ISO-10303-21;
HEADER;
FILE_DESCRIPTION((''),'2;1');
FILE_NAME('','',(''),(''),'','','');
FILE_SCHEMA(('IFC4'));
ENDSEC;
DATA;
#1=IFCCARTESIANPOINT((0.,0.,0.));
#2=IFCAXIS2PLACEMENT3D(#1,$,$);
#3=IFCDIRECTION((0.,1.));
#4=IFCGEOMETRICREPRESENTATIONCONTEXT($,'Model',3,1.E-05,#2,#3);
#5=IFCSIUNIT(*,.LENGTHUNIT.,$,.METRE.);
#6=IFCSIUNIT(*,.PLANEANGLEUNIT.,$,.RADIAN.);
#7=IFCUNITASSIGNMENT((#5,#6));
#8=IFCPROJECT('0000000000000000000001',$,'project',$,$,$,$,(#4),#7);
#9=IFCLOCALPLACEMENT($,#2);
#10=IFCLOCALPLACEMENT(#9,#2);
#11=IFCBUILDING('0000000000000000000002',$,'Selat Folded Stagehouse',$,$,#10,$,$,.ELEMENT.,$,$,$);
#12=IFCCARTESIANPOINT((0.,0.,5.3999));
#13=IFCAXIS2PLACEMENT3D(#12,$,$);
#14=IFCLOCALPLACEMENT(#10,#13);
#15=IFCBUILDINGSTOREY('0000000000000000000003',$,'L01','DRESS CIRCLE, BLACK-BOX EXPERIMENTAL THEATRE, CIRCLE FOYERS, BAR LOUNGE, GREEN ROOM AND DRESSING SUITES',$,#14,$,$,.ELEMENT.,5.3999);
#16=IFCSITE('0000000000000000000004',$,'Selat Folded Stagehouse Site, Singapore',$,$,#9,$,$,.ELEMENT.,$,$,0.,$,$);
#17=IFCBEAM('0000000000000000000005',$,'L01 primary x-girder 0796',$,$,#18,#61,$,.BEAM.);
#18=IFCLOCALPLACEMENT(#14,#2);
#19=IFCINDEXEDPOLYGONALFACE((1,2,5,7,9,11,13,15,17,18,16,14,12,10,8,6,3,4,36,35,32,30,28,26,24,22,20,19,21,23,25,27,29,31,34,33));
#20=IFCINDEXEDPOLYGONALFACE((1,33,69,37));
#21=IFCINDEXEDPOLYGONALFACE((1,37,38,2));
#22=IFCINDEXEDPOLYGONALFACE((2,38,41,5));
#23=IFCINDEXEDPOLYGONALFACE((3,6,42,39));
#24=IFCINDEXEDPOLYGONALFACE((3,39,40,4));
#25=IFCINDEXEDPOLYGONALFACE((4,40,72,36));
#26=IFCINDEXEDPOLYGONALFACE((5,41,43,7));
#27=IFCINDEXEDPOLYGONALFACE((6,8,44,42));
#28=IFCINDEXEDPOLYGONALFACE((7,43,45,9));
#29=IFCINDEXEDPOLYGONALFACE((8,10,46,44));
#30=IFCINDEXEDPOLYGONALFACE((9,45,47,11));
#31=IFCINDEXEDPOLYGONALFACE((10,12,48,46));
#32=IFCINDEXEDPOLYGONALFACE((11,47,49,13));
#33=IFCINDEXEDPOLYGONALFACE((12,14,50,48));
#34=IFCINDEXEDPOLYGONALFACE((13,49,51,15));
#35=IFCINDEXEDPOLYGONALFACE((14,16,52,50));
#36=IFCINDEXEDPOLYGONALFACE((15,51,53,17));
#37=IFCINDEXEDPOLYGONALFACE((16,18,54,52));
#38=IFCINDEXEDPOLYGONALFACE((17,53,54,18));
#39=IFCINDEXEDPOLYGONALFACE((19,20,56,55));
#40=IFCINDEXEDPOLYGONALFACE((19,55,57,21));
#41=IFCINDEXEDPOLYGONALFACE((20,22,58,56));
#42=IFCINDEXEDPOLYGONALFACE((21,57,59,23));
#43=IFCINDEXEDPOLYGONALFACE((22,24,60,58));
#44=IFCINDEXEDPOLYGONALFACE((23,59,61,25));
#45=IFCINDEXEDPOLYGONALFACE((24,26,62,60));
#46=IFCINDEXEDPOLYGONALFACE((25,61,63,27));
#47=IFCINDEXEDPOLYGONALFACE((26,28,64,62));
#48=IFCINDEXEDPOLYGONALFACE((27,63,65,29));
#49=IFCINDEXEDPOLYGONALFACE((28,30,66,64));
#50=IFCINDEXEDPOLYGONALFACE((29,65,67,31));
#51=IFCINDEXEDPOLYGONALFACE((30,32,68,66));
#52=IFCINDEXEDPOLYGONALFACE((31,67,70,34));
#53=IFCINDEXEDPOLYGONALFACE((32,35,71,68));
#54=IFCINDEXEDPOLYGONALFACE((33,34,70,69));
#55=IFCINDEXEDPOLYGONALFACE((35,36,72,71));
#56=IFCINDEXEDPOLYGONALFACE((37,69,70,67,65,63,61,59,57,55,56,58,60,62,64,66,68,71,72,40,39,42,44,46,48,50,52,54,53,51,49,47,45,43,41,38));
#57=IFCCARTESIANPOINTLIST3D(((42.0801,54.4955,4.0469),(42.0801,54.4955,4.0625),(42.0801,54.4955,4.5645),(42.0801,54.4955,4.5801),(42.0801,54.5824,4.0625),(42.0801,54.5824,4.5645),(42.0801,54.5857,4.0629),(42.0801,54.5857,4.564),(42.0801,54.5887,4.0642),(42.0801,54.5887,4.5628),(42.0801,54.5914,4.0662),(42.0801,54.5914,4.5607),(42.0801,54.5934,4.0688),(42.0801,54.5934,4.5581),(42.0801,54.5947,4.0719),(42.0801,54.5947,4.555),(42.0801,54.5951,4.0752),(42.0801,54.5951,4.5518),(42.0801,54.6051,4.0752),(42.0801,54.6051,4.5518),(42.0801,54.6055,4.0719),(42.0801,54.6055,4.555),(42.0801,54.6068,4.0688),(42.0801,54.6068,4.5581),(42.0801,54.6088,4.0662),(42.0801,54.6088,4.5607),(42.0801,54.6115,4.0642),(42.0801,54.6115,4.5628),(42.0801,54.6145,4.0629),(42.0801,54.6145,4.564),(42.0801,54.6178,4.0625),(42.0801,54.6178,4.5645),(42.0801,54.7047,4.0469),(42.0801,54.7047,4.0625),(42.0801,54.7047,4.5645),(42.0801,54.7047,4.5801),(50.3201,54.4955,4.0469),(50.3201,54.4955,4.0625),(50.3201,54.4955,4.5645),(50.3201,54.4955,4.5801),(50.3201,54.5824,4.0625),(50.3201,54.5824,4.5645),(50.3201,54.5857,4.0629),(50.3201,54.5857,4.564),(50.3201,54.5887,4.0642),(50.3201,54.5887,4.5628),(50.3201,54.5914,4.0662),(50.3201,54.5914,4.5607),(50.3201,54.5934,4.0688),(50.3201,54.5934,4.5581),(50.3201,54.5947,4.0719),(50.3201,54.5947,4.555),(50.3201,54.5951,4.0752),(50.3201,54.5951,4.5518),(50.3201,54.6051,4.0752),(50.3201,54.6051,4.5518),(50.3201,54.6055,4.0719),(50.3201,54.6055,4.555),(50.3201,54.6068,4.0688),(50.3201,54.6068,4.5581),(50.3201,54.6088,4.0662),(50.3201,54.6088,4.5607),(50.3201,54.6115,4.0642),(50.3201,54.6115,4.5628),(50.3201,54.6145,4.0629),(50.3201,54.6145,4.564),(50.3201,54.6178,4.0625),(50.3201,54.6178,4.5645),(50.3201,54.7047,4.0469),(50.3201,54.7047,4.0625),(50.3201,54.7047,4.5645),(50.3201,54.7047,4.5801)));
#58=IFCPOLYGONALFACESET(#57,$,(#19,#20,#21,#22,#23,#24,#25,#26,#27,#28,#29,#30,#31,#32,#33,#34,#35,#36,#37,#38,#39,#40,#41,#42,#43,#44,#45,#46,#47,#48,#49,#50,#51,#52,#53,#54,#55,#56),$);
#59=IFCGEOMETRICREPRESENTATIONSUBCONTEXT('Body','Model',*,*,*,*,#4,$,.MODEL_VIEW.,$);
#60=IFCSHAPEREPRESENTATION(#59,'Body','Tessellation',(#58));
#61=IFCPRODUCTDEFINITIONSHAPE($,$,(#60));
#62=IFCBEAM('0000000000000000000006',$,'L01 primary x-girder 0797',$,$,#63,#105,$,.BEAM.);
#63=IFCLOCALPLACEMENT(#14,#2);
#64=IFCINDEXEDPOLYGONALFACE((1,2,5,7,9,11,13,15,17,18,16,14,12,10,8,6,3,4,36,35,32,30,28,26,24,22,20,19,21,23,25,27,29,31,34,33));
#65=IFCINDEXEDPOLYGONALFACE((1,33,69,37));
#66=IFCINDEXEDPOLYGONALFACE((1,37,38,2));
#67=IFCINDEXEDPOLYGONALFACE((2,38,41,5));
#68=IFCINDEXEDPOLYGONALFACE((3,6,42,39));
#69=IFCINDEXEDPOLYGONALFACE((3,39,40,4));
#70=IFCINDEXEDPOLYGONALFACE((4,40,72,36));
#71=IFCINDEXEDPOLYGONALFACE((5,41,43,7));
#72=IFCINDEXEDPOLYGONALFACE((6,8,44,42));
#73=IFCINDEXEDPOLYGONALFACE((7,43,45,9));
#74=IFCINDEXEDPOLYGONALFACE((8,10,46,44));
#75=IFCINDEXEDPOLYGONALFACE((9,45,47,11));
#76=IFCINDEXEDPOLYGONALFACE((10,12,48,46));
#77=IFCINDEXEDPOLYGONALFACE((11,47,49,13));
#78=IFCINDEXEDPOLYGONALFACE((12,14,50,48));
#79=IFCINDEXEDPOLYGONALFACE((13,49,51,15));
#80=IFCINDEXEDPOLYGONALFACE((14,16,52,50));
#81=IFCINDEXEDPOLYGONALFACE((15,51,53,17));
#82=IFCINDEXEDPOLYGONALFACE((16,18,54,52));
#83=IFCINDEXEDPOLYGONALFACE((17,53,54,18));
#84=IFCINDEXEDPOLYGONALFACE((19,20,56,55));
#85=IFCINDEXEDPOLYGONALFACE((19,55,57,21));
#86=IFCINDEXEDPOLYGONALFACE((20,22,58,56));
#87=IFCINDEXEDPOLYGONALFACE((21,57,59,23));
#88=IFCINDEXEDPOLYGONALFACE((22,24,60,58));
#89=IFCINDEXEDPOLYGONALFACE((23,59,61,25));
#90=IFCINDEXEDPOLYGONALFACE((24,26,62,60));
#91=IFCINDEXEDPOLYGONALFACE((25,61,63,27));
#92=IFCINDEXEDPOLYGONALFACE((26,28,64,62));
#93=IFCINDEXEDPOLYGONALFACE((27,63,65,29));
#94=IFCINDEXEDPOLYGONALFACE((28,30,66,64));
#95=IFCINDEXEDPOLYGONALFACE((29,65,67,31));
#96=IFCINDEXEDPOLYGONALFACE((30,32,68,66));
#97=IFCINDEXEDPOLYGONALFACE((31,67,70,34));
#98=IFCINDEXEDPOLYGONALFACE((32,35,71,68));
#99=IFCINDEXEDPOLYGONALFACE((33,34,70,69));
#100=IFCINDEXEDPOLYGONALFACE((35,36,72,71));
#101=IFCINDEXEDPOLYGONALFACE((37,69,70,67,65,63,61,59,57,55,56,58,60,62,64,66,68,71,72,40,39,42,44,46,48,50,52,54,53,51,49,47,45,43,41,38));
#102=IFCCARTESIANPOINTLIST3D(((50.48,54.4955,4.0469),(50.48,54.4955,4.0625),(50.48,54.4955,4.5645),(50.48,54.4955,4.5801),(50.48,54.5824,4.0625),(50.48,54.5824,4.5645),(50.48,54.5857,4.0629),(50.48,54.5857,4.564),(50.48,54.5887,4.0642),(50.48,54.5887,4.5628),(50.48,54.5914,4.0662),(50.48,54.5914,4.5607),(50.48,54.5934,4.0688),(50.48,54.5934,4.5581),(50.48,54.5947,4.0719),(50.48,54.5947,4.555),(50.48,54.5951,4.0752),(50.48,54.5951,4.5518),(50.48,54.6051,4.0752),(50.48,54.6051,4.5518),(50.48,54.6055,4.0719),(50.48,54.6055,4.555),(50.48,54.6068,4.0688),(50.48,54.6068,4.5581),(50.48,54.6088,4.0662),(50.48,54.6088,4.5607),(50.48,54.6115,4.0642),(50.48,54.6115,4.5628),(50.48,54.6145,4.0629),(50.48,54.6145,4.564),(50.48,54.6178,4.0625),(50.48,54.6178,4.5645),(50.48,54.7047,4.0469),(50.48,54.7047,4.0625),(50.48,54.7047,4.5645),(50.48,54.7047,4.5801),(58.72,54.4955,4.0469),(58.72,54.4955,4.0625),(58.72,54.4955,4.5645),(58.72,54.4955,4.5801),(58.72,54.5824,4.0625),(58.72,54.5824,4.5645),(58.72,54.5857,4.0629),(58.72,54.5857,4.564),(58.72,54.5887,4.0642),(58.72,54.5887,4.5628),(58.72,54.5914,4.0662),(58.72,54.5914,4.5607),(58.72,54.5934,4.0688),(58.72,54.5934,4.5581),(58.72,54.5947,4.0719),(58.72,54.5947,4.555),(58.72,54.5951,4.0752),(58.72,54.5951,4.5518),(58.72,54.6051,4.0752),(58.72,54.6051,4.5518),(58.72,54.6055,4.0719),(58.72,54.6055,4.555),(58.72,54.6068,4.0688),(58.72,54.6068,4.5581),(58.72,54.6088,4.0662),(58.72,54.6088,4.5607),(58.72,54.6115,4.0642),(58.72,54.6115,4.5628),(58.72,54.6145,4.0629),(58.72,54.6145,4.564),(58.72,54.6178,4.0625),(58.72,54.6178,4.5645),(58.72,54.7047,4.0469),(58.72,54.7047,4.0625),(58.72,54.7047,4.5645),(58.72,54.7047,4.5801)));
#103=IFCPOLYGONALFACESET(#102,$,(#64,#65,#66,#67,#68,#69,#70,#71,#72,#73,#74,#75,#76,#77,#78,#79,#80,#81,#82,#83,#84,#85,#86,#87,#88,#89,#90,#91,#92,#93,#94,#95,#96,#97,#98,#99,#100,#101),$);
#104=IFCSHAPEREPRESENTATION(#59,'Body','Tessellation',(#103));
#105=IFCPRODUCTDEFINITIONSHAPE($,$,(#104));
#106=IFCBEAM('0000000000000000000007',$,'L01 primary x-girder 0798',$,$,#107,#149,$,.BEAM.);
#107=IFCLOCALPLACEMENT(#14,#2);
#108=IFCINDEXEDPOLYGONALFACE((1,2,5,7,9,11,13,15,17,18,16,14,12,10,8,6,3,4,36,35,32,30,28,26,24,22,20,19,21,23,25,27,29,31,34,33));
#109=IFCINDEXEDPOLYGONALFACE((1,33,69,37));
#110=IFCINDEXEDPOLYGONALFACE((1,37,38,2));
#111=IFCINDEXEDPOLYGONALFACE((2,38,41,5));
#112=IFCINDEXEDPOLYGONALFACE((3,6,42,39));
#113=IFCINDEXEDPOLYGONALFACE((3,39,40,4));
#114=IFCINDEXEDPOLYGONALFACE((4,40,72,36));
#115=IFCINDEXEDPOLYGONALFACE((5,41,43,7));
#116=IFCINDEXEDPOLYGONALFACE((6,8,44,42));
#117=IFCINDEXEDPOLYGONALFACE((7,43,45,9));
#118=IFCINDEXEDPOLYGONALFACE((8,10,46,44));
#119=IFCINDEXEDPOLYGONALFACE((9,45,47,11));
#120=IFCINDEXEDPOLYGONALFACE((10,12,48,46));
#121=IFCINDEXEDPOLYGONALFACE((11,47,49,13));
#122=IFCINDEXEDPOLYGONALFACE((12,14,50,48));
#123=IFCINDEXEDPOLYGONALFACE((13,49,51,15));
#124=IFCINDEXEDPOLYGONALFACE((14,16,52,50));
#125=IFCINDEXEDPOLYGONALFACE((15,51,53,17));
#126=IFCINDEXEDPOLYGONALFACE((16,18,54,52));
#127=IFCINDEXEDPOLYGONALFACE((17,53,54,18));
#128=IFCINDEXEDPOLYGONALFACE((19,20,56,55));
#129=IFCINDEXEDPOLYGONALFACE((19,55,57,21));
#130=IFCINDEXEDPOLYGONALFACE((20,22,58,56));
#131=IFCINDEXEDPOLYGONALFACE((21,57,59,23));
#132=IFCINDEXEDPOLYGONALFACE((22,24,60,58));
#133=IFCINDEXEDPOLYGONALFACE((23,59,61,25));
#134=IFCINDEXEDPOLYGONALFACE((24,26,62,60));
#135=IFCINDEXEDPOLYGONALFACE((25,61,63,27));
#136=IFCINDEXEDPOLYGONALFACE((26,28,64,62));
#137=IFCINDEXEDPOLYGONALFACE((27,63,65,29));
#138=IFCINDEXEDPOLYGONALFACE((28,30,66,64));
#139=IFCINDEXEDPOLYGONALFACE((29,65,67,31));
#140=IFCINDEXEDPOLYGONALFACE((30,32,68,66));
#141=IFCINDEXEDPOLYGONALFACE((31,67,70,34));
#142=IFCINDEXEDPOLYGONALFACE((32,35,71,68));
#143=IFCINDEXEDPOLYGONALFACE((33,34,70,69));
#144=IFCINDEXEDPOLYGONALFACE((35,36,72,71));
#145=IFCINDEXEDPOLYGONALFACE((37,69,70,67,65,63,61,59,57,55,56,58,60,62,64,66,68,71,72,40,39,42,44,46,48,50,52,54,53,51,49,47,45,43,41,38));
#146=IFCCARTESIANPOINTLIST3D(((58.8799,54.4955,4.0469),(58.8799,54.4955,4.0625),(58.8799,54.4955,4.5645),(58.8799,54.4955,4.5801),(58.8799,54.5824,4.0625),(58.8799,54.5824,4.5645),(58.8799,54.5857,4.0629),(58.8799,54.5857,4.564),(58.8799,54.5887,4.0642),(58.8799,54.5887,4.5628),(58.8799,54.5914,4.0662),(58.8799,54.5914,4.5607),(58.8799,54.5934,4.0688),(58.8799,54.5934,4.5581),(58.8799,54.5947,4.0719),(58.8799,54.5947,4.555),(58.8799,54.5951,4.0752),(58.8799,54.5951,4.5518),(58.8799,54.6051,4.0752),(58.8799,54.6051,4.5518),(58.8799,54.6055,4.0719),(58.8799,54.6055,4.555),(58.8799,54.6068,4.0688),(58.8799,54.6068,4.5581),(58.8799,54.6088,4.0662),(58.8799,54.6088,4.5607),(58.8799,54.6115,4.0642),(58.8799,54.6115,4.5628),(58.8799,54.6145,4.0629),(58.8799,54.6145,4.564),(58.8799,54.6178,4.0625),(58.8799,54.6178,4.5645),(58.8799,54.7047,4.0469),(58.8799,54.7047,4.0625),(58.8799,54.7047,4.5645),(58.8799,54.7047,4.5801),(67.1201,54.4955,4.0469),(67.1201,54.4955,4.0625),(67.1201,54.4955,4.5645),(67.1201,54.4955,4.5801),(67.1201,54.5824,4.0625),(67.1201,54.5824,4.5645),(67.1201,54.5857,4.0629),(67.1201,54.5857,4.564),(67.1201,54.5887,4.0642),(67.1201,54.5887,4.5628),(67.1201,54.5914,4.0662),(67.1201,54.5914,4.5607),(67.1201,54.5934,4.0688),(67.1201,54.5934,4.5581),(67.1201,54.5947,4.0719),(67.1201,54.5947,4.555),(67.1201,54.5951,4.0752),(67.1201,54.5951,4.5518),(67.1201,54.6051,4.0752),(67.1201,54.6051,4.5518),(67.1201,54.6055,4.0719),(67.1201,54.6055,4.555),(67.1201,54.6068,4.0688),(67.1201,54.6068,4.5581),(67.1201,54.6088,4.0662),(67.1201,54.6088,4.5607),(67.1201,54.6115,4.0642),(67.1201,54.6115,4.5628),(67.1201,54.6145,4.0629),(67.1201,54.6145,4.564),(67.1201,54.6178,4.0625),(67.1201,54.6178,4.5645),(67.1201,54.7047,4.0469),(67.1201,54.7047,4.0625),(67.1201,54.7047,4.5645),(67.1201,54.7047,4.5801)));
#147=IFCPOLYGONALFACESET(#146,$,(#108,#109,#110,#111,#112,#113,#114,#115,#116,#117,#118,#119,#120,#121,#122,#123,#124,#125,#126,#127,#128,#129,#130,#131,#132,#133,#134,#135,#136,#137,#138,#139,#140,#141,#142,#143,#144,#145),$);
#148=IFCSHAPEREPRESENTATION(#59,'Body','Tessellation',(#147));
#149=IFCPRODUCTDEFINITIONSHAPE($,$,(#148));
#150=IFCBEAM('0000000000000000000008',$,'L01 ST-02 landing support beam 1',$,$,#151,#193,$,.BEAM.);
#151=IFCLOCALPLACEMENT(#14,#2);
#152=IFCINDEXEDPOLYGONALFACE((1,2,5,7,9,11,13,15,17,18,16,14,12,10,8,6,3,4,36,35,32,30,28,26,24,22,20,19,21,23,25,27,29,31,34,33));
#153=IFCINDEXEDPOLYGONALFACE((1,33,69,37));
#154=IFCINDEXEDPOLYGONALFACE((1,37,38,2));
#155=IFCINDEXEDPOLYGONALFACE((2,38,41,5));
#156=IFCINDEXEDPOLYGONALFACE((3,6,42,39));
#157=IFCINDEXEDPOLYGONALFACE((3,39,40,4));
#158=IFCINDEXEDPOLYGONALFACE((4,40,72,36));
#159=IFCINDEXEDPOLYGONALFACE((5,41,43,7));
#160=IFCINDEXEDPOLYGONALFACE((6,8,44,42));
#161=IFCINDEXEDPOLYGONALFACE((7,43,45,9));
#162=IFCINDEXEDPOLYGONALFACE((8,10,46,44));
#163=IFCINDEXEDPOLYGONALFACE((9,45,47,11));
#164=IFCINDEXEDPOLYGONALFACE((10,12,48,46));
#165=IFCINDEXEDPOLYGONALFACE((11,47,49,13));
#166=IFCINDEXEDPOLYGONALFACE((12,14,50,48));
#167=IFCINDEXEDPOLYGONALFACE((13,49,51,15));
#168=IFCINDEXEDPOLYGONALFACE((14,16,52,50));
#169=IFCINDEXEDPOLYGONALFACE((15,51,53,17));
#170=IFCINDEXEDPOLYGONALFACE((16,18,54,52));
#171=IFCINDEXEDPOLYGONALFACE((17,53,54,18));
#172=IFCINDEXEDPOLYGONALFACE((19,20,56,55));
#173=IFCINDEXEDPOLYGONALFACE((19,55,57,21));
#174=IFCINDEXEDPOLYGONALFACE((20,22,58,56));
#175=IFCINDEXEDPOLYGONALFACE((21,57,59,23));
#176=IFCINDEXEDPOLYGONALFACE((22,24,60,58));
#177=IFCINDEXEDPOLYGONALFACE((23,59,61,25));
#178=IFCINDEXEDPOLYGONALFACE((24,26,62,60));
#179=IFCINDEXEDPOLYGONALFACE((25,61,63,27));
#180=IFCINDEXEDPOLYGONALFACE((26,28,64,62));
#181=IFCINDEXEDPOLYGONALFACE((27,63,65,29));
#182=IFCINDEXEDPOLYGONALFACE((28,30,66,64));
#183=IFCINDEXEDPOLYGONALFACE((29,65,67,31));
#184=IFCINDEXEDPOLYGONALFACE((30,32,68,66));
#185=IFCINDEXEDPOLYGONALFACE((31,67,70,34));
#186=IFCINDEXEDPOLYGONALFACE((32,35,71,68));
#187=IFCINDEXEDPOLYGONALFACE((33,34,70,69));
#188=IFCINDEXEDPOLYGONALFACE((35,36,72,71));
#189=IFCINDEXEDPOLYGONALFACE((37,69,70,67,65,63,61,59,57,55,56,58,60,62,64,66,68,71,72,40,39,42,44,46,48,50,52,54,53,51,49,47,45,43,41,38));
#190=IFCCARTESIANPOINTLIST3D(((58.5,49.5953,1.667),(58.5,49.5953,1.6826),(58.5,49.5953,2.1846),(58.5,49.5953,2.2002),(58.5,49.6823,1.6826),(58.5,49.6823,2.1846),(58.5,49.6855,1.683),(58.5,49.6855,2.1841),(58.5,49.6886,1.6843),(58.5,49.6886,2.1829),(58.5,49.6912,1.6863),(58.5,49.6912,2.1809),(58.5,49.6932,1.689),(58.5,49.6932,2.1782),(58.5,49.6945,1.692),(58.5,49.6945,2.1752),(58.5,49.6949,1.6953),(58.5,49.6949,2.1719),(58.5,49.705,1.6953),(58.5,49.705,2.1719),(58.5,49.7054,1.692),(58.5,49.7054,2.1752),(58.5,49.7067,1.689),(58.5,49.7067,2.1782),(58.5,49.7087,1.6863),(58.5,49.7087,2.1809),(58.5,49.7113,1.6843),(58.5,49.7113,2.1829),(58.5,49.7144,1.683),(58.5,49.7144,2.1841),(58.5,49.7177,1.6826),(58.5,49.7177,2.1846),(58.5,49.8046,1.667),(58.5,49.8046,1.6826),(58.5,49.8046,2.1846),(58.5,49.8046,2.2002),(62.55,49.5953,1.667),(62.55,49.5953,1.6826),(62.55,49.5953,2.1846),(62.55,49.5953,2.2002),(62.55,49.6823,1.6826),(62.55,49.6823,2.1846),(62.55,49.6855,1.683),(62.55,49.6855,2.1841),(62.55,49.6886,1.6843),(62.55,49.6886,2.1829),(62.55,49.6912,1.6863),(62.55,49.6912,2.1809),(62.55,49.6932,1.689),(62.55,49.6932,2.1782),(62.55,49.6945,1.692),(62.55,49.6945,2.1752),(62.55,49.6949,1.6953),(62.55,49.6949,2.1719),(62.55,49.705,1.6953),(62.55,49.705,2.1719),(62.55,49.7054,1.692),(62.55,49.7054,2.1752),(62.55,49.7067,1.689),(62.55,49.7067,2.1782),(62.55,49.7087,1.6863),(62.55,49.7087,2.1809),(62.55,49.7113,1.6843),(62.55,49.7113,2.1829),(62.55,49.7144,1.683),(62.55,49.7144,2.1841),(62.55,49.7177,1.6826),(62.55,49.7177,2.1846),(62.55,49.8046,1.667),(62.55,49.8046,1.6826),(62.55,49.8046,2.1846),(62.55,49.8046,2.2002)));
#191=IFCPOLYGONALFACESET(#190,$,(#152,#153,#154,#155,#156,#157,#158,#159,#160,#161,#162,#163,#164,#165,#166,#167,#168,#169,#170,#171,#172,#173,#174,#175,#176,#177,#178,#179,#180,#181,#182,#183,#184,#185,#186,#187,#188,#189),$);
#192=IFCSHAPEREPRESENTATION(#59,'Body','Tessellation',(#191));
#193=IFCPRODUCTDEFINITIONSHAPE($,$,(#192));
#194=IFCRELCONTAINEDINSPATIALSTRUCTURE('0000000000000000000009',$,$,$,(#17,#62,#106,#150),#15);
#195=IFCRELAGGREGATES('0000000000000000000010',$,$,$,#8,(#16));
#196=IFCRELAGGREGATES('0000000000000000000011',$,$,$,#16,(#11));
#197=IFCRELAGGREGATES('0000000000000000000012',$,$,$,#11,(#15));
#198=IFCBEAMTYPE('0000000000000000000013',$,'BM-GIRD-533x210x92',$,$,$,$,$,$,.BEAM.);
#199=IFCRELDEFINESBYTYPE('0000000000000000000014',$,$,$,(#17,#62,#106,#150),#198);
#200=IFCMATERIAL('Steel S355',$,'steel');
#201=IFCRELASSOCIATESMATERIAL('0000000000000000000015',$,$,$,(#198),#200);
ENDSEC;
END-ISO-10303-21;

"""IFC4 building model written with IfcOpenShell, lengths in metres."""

from ifc_helpers import new_model, si_unit, direction, frame, origin, origin_2d, place, context, subcontext, project, spatial, i_section, extrude, material, material_profile, profile_set, type_object, element, save


model = new_model("IFC4")

# Units and contexts
model_context = context("Model", 3, precision=1e-05, world=origin(), true_north=direction((0.0, 1.0)))
body_context = subcontext(model_context, "Body", "Model", "MODEL_VIEW")
ifc_project = project(units=[si_unit("LENGTHUNIT", "METRE"), si_unit("PLANEANGLEUNIT", "RADIAN")], contexts=[model_context])

# Site, building, storey
site_placement = place(None, origin())
site = spatial("IfcSite", under=ifc_project, at=site_placement, Name="Selat Folded Stagehouse Site, Singapore", CompositionType="ELEMENT", RefElevation=0.0)
building_placement = place(site_placement, origin())
building = spatial("IfcBuilding", under=site, at=building_placement, Name="Selat Folded Stagehouse", CompositionType="ELEMENT")
storey_placement = place(building_placement, frame((0.0, 0.0, 5.3999)))
storey = spatial("IfcBuildingStorey", under=building, at=storey_placement, Name="L01", Description="DRESS CIRCLE, BLACK-BOX EXPERIMENTAL THEATRE, CIRCLE FOYERS, BAR LOUNGE, GREEN ROOM AND DRESSING SUITES", CompositionType="ELEMENT", Elevation=5.3999)

# Shared definitions
ifc_material_1 = material(Name="Steel S355", Category="steel")

# Beams
ifc_material_profile_1 = material_profile(ifc_material_1, i_section(OverallWidth=0.2092, OverallDepth=0.5332, WebThickness=0.01, FlangeThickness=0.0156, FilletRadius=0.0127, at=origin_2d()), Name="UKB 533x210x92")
ifc_profile_set_1 = profile_set([ifc_material_profile_1], Name="Steel S355")
beam_type_1 = type_object("IfcBeamType", Name="BM-GIRD-533x210x92", PredefinedType="BEAM", material=ifc_profile_set_1)
for number, where, z_axis, x_axis, name in (
    (1, (42.0801, 54.6001, 4.3135), (1.0, 0.0, 0.0), (0.0, 1.0, 0.0), "L01 primary x-girder 0796"),
    (2, (50.48, 54.6001, 4.3135), (1.0, 0.0, 0.0), (0.0, 1.0, 0.0), "L01 primary x-girder 0797"),
):
    element("IfcBeam", number, at=place(storey_placement, frame(where, z_axis=z_axis, x_axis=x_axis)), inside=storey, type_object=beam_type_1, Name=name, PredefinedType="BEAM", context=body_context, shape_type="SweptSolid", body=[
        extrude(i_section(OverallWidth=0.2092, OverallDepth=0.5332, WebThickness=0.01, FlangeThickness=0.0156, FilletRadius=0.0127, at=origin_2d()), origin(), (0.0, 0.0, 1.0), 8.24),
    ])
beam_placement = place(storey_placement, frame((58.8799, 54.6001, 4.3135), z_axis=(1.0, 0.0, 0.0), x_axis=(0.0, 1.0, 0.0)))
element("IfcBeam", 3, at=beam_placement, inside=storey, type_object=beam_type_1, Name="L01 primary x-girder 0798", PredefinedType="BEAM", context=body_context, shape_type="SweptSolid", body=[
    extrude(i_section(OverallWidth=0.2092, OverallDepth=0.5332, WebThickness=0.01, FlangeThickness=0.0156, FilletRadius=0.0127, at=origin_2d()), origin(), (0.0, 0.0, 1.0), 8.2402),
])
for number, where, z_axis, x_axis, name in (
    (4, (58.5, 49.7, 1.9336), (1.0, 0.0, 0.0), (0.0, 1.0, 0.0), "L01 ST-02 landing support beam 1"),
):
    element("IfcBeam", number, at=place(storey_placement, frame(where, z_axis=z_axis, x_axis=x_axis)), inside=storey, type_object=beam_type_1, Name=name, PredefinedType="BEAM", context=body_context, shape_type="SweptSolid", body=[
        extrude(i_section(OverallWidth=0.2092, OverallDepth=0.5332, WebThickness=0.01, FlangeThickness=0.0156, FilletRadius=0.0127, at=origin_2d()), origin(), (0.0, 0.0, 1.0), 4.05),
    ])

save(model, "model.ifc")
